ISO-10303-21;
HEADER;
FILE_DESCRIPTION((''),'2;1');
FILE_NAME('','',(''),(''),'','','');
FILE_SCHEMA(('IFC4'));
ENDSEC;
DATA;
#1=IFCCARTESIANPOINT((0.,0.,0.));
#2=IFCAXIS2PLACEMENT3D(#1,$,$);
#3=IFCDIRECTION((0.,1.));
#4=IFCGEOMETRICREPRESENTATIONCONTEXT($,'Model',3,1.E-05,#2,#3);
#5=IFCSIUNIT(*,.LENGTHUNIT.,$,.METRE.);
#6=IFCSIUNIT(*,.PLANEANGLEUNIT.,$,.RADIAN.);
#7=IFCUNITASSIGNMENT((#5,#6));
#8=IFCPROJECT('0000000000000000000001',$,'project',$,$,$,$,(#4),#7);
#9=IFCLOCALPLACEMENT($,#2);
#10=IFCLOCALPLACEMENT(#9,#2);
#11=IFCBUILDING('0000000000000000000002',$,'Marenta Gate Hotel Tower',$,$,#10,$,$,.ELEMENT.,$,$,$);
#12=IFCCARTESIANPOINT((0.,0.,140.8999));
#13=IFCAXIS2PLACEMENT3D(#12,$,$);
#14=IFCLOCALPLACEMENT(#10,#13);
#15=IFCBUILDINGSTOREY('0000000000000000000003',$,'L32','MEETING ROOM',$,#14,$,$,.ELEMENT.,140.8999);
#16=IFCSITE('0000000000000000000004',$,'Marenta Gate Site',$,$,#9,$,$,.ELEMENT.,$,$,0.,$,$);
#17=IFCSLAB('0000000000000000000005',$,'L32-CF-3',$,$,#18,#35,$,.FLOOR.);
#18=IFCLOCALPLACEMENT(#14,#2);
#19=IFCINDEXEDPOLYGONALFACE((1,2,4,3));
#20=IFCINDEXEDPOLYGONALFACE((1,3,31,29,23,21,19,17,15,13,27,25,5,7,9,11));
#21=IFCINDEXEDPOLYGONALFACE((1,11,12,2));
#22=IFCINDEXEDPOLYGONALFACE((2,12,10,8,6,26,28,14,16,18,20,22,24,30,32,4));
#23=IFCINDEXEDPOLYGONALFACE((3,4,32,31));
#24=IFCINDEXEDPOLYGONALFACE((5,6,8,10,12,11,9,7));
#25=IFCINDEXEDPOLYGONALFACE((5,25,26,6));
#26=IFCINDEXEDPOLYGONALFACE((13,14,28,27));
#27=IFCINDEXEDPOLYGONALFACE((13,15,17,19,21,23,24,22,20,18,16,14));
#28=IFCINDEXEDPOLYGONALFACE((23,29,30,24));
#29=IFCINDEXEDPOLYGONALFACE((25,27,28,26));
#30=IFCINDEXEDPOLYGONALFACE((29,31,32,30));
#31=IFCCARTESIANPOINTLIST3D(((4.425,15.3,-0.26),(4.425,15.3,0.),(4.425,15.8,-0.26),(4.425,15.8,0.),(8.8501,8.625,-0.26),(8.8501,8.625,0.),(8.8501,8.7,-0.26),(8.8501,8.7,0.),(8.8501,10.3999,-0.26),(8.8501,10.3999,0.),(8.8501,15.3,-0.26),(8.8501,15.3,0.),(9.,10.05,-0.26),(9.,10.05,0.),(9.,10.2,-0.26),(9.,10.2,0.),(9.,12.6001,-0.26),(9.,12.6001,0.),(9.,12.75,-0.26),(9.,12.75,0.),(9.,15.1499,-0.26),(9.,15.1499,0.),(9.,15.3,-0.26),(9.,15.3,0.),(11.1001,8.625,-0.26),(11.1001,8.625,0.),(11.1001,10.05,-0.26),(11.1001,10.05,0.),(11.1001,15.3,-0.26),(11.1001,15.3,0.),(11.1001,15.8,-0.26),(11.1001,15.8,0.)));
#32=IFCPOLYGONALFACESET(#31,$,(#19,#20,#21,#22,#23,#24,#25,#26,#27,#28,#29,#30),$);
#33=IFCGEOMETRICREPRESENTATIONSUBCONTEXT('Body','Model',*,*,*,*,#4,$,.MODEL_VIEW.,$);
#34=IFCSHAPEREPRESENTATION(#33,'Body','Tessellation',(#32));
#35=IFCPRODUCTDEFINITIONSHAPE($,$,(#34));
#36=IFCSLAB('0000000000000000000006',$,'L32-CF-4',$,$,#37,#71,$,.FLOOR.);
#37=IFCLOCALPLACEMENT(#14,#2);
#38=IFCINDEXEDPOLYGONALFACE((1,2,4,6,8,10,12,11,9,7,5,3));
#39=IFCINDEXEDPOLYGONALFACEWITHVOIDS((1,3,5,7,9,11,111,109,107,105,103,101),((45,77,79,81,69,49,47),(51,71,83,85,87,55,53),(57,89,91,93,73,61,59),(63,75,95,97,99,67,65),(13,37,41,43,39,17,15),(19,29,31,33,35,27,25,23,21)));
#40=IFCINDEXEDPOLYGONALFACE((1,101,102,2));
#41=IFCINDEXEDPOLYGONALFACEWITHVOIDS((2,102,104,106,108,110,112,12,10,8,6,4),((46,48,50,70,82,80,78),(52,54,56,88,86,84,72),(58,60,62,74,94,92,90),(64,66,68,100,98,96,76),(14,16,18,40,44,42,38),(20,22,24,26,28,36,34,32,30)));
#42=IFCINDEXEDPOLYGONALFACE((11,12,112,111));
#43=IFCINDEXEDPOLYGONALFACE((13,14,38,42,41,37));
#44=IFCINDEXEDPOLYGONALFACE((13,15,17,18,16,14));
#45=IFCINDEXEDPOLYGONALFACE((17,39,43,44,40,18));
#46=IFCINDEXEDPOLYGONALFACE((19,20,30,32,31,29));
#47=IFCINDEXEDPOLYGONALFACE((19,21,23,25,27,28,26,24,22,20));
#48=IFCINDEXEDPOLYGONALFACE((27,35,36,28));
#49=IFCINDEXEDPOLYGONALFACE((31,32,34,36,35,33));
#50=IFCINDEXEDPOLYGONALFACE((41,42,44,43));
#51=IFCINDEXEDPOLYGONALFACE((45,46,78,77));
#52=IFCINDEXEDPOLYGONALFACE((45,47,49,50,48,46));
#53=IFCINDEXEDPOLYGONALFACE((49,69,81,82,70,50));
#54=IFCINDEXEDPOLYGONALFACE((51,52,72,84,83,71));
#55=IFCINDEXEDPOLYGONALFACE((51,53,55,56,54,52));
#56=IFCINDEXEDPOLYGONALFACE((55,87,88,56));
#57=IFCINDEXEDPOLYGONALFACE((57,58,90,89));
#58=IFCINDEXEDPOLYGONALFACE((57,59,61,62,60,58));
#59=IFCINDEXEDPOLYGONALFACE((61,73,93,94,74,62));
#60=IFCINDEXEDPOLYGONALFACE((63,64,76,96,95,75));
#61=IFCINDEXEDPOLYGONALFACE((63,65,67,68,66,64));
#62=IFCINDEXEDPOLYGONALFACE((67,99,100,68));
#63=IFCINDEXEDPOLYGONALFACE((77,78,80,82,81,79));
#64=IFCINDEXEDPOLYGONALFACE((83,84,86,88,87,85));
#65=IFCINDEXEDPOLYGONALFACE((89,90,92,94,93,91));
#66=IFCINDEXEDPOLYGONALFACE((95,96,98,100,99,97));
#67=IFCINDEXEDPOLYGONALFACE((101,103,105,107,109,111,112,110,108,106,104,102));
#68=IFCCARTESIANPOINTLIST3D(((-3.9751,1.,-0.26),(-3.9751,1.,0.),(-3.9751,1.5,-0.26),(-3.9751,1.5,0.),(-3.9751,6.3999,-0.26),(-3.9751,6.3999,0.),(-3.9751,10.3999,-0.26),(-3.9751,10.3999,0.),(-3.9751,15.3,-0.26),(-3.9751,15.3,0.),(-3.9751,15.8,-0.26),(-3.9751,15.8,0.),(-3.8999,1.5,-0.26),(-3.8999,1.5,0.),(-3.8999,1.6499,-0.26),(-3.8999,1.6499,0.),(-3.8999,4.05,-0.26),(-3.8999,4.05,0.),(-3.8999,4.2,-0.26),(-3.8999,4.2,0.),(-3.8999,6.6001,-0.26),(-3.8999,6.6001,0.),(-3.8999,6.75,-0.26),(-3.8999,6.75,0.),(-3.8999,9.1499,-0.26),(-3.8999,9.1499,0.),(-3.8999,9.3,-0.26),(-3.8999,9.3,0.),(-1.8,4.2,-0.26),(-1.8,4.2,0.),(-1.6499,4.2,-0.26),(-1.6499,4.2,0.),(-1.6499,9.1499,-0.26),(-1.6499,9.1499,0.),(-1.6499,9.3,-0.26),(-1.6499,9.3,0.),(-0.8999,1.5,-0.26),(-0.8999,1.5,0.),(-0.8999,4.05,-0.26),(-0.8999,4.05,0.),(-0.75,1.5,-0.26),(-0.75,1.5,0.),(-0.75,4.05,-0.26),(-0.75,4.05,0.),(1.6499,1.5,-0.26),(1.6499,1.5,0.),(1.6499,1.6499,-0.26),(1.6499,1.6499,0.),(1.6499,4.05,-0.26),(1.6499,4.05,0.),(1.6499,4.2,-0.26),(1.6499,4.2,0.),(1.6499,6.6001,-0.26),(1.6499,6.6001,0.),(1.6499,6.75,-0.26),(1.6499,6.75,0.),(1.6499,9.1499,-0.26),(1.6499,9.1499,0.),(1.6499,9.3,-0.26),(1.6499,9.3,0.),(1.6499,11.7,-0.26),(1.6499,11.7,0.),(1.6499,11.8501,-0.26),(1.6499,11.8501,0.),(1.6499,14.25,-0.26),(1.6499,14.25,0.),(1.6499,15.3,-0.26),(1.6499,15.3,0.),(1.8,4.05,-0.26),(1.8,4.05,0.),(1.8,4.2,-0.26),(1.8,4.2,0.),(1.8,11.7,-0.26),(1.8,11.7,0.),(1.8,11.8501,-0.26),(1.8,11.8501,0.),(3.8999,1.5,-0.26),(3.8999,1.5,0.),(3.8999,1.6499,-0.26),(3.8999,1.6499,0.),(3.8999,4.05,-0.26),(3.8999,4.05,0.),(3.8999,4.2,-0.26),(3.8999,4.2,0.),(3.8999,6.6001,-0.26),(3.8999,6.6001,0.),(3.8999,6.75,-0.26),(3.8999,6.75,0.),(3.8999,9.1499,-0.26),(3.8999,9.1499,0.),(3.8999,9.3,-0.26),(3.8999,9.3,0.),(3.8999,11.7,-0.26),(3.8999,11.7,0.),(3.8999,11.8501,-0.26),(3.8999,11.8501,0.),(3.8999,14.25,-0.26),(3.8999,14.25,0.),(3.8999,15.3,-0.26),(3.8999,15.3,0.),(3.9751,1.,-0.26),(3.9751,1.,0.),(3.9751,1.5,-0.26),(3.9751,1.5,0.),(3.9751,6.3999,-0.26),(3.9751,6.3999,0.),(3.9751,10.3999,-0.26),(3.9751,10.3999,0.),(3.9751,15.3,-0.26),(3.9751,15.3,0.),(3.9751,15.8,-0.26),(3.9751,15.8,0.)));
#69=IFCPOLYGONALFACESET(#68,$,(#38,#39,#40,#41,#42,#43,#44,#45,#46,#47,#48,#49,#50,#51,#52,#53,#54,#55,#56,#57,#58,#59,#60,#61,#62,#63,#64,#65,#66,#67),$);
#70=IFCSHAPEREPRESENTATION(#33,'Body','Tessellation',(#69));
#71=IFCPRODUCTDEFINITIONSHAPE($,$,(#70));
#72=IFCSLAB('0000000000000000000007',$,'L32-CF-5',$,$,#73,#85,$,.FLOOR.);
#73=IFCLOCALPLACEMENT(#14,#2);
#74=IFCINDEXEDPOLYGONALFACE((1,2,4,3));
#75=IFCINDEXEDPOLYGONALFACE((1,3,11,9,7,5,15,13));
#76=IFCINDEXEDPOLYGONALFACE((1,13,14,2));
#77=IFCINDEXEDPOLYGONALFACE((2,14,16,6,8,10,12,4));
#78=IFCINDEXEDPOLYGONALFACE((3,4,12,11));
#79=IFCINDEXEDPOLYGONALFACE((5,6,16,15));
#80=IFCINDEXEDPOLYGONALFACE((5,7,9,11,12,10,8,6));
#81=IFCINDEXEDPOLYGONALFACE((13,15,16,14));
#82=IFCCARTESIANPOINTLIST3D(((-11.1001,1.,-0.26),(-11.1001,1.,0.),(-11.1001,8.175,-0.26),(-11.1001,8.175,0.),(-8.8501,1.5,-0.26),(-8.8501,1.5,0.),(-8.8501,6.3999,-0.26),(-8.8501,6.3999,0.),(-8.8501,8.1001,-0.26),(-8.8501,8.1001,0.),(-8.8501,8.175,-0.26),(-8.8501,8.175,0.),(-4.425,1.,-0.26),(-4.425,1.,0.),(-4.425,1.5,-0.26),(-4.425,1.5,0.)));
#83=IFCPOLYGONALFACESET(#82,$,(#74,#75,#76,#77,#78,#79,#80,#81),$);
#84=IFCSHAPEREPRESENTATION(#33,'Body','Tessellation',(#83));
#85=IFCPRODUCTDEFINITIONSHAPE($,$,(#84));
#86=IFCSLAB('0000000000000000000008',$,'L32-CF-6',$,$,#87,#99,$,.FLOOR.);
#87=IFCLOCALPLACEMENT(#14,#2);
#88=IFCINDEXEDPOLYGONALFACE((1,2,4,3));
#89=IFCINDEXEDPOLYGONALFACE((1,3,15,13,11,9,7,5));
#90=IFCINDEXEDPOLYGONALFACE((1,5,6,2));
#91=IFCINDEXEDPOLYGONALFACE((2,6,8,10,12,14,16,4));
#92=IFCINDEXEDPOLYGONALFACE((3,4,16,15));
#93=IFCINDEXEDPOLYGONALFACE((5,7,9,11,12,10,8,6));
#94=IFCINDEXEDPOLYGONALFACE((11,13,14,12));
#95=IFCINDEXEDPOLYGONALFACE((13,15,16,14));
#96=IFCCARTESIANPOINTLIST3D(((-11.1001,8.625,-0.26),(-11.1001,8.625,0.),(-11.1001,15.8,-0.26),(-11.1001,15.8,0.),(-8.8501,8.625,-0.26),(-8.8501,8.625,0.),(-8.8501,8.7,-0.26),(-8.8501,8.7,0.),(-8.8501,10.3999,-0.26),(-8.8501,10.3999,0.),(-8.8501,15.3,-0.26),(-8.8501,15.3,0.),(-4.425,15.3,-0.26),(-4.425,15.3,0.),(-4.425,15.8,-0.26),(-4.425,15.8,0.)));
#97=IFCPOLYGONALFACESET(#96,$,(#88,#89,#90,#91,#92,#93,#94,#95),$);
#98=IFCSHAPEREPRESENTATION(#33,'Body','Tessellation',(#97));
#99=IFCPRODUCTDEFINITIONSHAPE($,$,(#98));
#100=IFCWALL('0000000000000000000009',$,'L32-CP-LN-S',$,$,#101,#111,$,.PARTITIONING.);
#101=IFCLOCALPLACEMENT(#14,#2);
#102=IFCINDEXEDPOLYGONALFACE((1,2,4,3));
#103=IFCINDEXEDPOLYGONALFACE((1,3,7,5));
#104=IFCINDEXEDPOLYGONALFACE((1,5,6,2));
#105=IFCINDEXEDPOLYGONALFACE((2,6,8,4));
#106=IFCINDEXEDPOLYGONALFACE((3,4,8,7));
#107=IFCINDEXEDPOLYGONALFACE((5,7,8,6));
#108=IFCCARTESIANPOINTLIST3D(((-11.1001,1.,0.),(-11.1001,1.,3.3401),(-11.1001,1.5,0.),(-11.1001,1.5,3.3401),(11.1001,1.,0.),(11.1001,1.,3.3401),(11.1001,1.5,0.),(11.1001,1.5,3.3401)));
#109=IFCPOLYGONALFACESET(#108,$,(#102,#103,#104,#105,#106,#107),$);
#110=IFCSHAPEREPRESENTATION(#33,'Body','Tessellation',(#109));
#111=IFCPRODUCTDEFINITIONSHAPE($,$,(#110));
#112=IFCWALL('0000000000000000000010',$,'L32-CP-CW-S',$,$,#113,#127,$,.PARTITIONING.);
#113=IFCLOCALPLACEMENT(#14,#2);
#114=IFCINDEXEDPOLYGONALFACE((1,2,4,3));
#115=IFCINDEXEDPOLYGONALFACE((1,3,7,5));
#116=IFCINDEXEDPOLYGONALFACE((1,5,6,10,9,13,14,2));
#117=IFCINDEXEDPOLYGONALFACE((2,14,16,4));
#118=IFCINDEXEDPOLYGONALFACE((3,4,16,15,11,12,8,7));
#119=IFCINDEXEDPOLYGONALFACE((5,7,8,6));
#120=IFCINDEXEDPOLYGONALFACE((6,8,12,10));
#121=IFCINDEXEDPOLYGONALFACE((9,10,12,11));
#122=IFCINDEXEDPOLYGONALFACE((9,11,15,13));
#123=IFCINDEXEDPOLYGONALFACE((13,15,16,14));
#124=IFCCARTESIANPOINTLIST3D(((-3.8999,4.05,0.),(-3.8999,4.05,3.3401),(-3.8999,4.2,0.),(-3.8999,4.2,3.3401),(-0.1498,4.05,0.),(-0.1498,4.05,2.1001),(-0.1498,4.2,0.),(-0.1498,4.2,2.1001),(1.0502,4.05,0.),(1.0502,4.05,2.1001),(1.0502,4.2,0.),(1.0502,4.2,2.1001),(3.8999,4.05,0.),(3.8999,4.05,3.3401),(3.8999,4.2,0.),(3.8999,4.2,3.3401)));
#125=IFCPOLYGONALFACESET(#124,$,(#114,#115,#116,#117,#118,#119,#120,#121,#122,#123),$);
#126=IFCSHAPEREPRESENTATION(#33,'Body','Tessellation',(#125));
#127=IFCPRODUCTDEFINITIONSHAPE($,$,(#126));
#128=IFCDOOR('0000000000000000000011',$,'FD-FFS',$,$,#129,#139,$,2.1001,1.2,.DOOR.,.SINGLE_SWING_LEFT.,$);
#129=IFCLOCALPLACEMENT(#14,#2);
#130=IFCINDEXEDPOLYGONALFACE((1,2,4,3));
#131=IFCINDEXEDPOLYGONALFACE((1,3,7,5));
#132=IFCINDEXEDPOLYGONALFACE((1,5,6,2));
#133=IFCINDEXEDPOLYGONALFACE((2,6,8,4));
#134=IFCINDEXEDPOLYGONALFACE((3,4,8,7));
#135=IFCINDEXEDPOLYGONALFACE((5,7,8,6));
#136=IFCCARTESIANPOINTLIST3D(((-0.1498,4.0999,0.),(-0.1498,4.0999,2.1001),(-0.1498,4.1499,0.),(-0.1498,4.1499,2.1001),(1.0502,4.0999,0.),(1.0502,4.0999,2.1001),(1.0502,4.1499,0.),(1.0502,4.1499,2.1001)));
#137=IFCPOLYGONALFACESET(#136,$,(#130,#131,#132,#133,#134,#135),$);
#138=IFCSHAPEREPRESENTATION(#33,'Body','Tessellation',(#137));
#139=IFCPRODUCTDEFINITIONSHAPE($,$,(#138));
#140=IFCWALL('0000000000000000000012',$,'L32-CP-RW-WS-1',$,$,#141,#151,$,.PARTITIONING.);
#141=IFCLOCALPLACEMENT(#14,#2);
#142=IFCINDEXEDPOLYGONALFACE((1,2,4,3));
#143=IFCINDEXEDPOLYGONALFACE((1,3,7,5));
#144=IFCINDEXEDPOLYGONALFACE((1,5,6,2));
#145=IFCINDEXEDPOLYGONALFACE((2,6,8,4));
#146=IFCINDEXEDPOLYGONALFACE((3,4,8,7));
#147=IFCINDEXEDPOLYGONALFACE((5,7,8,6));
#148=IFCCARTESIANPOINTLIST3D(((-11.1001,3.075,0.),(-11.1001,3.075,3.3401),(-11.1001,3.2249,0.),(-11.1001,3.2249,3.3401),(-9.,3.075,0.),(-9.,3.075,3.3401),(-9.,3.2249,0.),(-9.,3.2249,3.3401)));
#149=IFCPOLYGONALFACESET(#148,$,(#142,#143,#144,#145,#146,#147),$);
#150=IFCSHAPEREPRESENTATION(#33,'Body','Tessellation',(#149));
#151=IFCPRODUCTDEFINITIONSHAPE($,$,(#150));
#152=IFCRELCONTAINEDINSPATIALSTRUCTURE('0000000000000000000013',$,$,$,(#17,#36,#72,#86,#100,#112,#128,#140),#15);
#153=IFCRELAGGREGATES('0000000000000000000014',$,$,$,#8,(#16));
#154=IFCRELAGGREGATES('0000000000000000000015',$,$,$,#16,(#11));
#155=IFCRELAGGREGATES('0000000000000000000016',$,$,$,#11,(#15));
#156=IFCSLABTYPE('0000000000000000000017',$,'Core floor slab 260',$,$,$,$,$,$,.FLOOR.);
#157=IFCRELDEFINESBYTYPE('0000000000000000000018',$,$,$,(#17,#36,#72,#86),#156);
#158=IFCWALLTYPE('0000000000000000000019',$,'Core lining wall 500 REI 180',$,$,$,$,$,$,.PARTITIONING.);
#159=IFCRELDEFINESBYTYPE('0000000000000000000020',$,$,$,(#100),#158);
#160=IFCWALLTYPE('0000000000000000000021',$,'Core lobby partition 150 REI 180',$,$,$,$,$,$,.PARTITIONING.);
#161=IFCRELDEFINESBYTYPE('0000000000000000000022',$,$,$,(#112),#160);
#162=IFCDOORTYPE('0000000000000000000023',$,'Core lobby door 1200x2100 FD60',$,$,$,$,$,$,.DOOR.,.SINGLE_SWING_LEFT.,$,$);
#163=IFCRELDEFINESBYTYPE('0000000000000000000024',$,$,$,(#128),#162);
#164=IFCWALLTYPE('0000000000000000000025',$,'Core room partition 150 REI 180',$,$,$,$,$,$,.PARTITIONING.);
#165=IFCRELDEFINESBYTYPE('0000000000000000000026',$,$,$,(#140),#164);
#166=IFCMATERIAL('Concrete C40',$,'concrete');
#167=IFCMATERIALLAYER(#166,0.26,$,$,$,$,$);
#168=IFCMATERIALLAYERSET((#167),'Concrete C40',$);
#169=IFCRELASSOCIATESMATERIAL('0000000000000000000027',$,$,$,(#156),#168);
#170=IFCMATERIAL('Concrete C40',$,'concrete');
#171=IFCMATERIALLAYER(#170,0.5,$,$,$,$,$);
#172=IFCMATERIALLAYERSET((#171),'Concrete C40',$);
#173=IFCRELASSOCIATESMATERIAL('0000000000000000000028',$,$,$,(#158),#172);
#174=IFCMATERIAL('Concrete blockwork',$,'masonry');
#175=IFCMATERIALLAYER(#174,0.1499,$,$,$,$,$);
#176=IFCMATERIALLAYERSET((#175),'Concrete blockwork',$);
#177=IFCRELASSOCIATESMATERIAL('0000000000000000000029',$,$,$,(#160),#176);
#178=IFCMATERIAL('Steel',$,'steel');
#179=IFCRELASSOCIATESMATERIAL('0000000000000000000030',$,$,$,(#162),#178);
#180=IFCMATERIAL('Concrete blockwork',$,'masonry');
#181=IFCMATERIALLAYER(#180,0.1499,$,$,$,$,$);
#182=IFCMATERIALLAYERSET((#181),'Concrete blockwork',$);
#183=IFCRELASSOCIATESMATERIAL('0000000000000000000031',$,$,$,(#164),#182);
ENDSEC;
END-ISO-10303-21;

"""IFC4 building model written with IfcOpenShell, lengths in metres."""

from ifc_helpers import new_model, si_unit, direction, frame, frame_2d, origin, place, context, subcontext, project, spatial, polyline, rectangle, outline, extrude, material, layer, layer_set, type_object, element, fill, save


model = new_model("IFC4")

# Units and contexts
model_context = context("Model", 3, precision=1e-05, world=origin(), true_north=direction((0.0, 1.0)))
body_context = subcontext(model_context, "Body", "Model", "MODEL_VIEW")
ifc_project = project(units=[si_unit("LENGTHUNIT", "METRE"), si_unit("PLANEANGLEUNIT", "RADIAN")], contexts=[model_context])

# Site, building, storey
site_placement = place(None, origin())
site = spatial("IfcSite", under=ifc_project, at=site_placement, Name="Marenta Gate Site", CompositionType="ELEMENT", RefElevation=0.0)
building_placement = place(site_placement, origin())
building = spatial("IfcBuilding", under=site, at=building_placement, Name="Marenta Gate Hotel Tower", CompositionType="ELEMENT")
storey_placement = place(building_placement, frame((0.0, 0.0, 140.8999)))
storey = spatial("IfcBuildingStorey", under=building, at=storey_placement, Name="L32", Description="MEETING ROOM", CompositionType="ELEMENT", Elevation=140.8999)

# Slabs
ifc_material_1 = material(Name="Concrete C40", Category="concrete")
ifc_layer_1 = layer(ifc_material_1, 0.26)
ifc_layer_set_1 = layer_set([ifc_layer_1], Name="Concrete C40")
slab_type = type_object("IfcSlabType", Name="Core floor slab 260", PredefinedType="FLOOR", material=ifc_layer_set_1)
slab_1_placement = place(storey_placement, frame((0.0, 0.0, -0.26)))
element("IfcSlab", 1, at=slab_1_placement, inside=storey, type_object=slab_type, Name="L32-CF-3", PredefinedType="FLOOR", context=body_context, shape_type="SweptSolid", body=[
    extrude(outline(polyline([(8.8501, 15.3), (4.425, 15.3), (4.425, 15.8), (11.1001, 15.8), (11.1001, 15.3), (9.0, 15.3), (9.0, 15.1499), (9.0, 12.75), (9.0, 12.6001), (9.0, 10.2), (9.0, 10.05), (11.1001, 10.05), (11.1001, 8.625), (8.8501, 8.625), (8.8501, 8.7), (8.8501, 10.3999), (8.8501, 15.3)])), origin(), (0.0, 0.0, 1.0), 0.26),
])
slab_2_placement = place(storey_placement, frame((0.0, 0.0, -0.26)))
element("IfcSlab", 2, at=slab_2_placement, inside=storey, type_object=slab_type, Name="L32-CF-4", PredefinedType="FLOOR", context=body_context, shape_type="SweptSolid", body=[
    extrude(outline(polyline([(3.9751, 15.3), (3.9751, 10.3999), (3.9751, 6.3999), (3.9751, 1.5), (3.9751, 1.0), (-3.9751, 1.0), (-3.9751, 1.5), (-3.9751, 6.3999), (-3.9751, 10.3999), (-3.9751, 15.3), (-3.9751, 15.8), (3.9751, 15.8), (3.9751, 15.3)]), holes=[polyline([(1.6499, 1.5), (3.8999, 1.5), (3.8999, 1.6499), (3.8999, 4.05), (1.8, 4.05), (1.6499, 4.05), (1.6499, 1.6499), (1.6499, 1.5)]), polyline([(1.6499, 6.6001), (1.6499, 4.2), (1.8, 4.2), (3.8999, 4.2), (3.8999, 6.6001), (3.8999, 6.75), (1.6499, 6.75), (1.6499, 6.6001)]), polyline([(1.6499, 9.1499), (3.8999, 9.1499), (3.8999, 9.3), (3.8999, 11.7), (1.8, 11.7), (1.6499, 11.7), (1.6499, 9.3), (1.6499, 9.1499)]), polyline([(1.6499, 15.3), (1.6499, 14.25), (1.6499, 11.8501), (1.8, 11.8501), (3.8999, 11.8501), (3.8999, 14.25), (3.8999, 15.3), (1.6499, 15.3)]), polyline([(-3.8999, 4.05), (-3.8999, 1.6499), (-3.8999, 1.5), (-0.8999, 1.5), (-0.75, 1.5), (-0.75, 4.05), (-0.8999, 4.05), (-3.8999, 4.05)]), polyline([(-1.8, 4.2), (-1.6499, 4.2), (-1.6499, 9.1499), (-1.6499, 9.3), (-3.8999, 9.3), (-3.8999, 9.1499), (-3.8999, 6.75), (-3.8999, 6.6001), (-3.8999, 4.2), (-1.8, 4.2)])]), origin(), (0.0, 0.0, 1.0), 0.26),
])
slab_3_placement = place(storey_placement, frame((0.0, 0.0, -0.26)))
element("IfcSlab", 3, at=slab_3_placement, inside=storey, type_object=slab_type, Name="L32-CF-5", PredefinedType="FLOOR", context=body_context, shape_type="SweptSolid", body=[
    extrude(outline(polyline([(-8.8501, 8.175), (-8.8501, 8.1001), (-8.8501, 6.3999), (-8.8501, 1.5), (-4.425, 1.5), (-4.425, 1.0), (-11.1001, 1.0), (-11.1001, 8.175), (-8.8501, 8.175)])), origin(), (0.0, 0.0, 1.0), 0.26),
])
slab_4_placement = place(storey_placement, frame((0.0, 0.0, -0.26)))
element("IfcSlab", 4, at=slab_4_placement, inside=storey, type_object=slab_type, Name="L32-CF-6", PredefinedType="FLOOR", context=body_context, shape_type="SweptSolid", body=[
    extrude(outline(polyline([(-4.425, 15.3), (-8.8501, 15.3), (-8.8501, 10.3999), (-8.8501, 8.7), (-8.8501, 8.625), (-11.1001, 8.625), (-11.1001, 15.8), (-4.425, 15.8), (-4.425, 15.3)])), origin(), (0.0, 0.0, 1.0), 0.26),
])

# Wall
ifc_material_2 = material(Name="Concrete C40", Category="concrete")
ifc_layer_2 = layer(ifc_material_2, 0.5)
ifc_layer_set_2 = layer_set([ifc_layer_2], Name="Concrete C40")
wall_type_1 = type_object("IfcWallType", Name="Core lining wall 500 REI 180", PredefinedType="PARTITIONING", material=ifc_layer_set_2)
wall_1_placement = place(storey_placement, frame((-11.1001, 1.25, 0.0), z_axis=(0.0, 0.0, 1.0), x_axis=(1.0, 0.0, 0.0)))
element("IfcWall", 5, at=wall_1_placement, inside=storey, type_object=wall_type_1, Name="L32-CP-LN-S", PredefinedType="PARTITIONING", context=body_context, shape_type="SweptSolid", body=[
    extrude(rectangle(XDim=22.2002, YDim=0.5, at=frame_2d((11.1001, 0.0))), origin(), (0.0, 0.0, 1.0), 3.3401),
])

# Wall, opening, door
ifc_material_3 = material(Name="Concrete blockwork", Category="masonry")
ifc_layer_3 = layer(ifc_material_3, 0.1499)
ifc_layer_set_3 = layer_set([ifc_layer_3], Name="Concrete blockwork")
wall_type_2 = type_object("IfcWallType", Name="Core lobby partition 150 REI 180", PredefinedType="PARTITIONING", material=ifc_layer_set_3)
wall_2_placement = place(storey_placement, frame((-3.8999, 4.125, 0.0), z_axis=(0.0, 0.0, 1.0), x_axis=(1.0, 0.0, 0.0)))
wall_2 = element("IfcWall", 6, at=wall_2_placement, inside=storey, type_object=wall_type_2, Name="L32-CP-CW-S", PredefinedType="PARTITIONING", context=body_context, shape_type="SweptSolid", body=[
    extrude(rectangle(XDim=7.7998, YDim=0.1499, at=frame_2d((3.8999, 0.0))), origin(), (0.0, 0.0, 1.0), 3.3401),
])
opening_1_placement = place(wall_2_placement, frame((3.75, 0.0, 0.0)))
opening_1 = element("IfcOpeningElement", 7, at=opening_1_placement, cuts=wall_2, PredefinedType="OPENING", context=body_context, shape_type="SweptSolid", body=[
    extrude(rectangle(XDim=1.2, YDim=2.1001, at=frame_2d((0.6001, 1.05))), frame((0.0, 0.075, 0.0), z_axis=(0.0, -1.0, 0.0), x_axis=(1.0, 0.0, 0.0)), (0.0, 0.0, 1.0), 0.1499),
])
ifc_material_4 = material(Name="Steel", Category="steel")
door_type_1 = type_object("IfcDoorType", Name="Core lobby door 1200x2100 FD60", OperationType="SINGLE_SWING_LEFT", PredefinedType="DOOR", material=ifc_material_4)
door_1_placement = place(opening_1_placement, origin())
door_1 = element("IfcDoor", 8, at=door_1_placement, inside=storey, type_object=door_type_1, Name="FD-FFS", OperationType="SINGLE_SWING_LEFT", OverallHeight=2.1001, OverallWidth=1.2, PredefinedType="DOOR", context=body_context, shape_type="SweptSolid", body=[
    extrude(rectangle(XDim=1.2, YDim=2.1001, at=frame_2d((0.6001, 1.05))), frame((0.0, 0.0249, 0.0), z_axis=(0.0, -1.0, 0.0), x_axis=(1.0, 0.0, 0.0)), (0.0, 0.0, 1.0), 0.05),
])
fill(opening_1, door_1)

# Wall
ifc_material_5 = material(Name="Concrete blockwork", Category="masonry")
ifc_layer_4 = layer(ifc_material_5, 0.1499)
ifc_layer_set_4 = layer_set([ifc_layer_4], Name="Concrete blockwork")
wall_type_3 = type_object("IfcWallType", Name="Core room partition 150 REI 180", PredefinedType="PARTITIONING", material=ifc_layer_set_4)
wall_3_placement = place(storey_placement, frame((-11.1001, 3.1499, 0.0), z_axis=(0.0, 0.0, 1.0), x_axis=(1.0, 0.0, 0.0)))
element("IfcWall", 9, at=wall_3_placement, inside=storey, type_object=wall_type_3, Name="L32-CP-RW-WS-1", PredefinedType="PARTITIONING", context=body_context, shape_type="SweptSolid", body=[
    extrude(rectangle(XDim=2.1001, YDim=0.1499, at=frame_2d((1.05, 0.0))), origin(), (0.0, 0.0, 1.0), 3.3401),
])

save(model, "model.ifc")
